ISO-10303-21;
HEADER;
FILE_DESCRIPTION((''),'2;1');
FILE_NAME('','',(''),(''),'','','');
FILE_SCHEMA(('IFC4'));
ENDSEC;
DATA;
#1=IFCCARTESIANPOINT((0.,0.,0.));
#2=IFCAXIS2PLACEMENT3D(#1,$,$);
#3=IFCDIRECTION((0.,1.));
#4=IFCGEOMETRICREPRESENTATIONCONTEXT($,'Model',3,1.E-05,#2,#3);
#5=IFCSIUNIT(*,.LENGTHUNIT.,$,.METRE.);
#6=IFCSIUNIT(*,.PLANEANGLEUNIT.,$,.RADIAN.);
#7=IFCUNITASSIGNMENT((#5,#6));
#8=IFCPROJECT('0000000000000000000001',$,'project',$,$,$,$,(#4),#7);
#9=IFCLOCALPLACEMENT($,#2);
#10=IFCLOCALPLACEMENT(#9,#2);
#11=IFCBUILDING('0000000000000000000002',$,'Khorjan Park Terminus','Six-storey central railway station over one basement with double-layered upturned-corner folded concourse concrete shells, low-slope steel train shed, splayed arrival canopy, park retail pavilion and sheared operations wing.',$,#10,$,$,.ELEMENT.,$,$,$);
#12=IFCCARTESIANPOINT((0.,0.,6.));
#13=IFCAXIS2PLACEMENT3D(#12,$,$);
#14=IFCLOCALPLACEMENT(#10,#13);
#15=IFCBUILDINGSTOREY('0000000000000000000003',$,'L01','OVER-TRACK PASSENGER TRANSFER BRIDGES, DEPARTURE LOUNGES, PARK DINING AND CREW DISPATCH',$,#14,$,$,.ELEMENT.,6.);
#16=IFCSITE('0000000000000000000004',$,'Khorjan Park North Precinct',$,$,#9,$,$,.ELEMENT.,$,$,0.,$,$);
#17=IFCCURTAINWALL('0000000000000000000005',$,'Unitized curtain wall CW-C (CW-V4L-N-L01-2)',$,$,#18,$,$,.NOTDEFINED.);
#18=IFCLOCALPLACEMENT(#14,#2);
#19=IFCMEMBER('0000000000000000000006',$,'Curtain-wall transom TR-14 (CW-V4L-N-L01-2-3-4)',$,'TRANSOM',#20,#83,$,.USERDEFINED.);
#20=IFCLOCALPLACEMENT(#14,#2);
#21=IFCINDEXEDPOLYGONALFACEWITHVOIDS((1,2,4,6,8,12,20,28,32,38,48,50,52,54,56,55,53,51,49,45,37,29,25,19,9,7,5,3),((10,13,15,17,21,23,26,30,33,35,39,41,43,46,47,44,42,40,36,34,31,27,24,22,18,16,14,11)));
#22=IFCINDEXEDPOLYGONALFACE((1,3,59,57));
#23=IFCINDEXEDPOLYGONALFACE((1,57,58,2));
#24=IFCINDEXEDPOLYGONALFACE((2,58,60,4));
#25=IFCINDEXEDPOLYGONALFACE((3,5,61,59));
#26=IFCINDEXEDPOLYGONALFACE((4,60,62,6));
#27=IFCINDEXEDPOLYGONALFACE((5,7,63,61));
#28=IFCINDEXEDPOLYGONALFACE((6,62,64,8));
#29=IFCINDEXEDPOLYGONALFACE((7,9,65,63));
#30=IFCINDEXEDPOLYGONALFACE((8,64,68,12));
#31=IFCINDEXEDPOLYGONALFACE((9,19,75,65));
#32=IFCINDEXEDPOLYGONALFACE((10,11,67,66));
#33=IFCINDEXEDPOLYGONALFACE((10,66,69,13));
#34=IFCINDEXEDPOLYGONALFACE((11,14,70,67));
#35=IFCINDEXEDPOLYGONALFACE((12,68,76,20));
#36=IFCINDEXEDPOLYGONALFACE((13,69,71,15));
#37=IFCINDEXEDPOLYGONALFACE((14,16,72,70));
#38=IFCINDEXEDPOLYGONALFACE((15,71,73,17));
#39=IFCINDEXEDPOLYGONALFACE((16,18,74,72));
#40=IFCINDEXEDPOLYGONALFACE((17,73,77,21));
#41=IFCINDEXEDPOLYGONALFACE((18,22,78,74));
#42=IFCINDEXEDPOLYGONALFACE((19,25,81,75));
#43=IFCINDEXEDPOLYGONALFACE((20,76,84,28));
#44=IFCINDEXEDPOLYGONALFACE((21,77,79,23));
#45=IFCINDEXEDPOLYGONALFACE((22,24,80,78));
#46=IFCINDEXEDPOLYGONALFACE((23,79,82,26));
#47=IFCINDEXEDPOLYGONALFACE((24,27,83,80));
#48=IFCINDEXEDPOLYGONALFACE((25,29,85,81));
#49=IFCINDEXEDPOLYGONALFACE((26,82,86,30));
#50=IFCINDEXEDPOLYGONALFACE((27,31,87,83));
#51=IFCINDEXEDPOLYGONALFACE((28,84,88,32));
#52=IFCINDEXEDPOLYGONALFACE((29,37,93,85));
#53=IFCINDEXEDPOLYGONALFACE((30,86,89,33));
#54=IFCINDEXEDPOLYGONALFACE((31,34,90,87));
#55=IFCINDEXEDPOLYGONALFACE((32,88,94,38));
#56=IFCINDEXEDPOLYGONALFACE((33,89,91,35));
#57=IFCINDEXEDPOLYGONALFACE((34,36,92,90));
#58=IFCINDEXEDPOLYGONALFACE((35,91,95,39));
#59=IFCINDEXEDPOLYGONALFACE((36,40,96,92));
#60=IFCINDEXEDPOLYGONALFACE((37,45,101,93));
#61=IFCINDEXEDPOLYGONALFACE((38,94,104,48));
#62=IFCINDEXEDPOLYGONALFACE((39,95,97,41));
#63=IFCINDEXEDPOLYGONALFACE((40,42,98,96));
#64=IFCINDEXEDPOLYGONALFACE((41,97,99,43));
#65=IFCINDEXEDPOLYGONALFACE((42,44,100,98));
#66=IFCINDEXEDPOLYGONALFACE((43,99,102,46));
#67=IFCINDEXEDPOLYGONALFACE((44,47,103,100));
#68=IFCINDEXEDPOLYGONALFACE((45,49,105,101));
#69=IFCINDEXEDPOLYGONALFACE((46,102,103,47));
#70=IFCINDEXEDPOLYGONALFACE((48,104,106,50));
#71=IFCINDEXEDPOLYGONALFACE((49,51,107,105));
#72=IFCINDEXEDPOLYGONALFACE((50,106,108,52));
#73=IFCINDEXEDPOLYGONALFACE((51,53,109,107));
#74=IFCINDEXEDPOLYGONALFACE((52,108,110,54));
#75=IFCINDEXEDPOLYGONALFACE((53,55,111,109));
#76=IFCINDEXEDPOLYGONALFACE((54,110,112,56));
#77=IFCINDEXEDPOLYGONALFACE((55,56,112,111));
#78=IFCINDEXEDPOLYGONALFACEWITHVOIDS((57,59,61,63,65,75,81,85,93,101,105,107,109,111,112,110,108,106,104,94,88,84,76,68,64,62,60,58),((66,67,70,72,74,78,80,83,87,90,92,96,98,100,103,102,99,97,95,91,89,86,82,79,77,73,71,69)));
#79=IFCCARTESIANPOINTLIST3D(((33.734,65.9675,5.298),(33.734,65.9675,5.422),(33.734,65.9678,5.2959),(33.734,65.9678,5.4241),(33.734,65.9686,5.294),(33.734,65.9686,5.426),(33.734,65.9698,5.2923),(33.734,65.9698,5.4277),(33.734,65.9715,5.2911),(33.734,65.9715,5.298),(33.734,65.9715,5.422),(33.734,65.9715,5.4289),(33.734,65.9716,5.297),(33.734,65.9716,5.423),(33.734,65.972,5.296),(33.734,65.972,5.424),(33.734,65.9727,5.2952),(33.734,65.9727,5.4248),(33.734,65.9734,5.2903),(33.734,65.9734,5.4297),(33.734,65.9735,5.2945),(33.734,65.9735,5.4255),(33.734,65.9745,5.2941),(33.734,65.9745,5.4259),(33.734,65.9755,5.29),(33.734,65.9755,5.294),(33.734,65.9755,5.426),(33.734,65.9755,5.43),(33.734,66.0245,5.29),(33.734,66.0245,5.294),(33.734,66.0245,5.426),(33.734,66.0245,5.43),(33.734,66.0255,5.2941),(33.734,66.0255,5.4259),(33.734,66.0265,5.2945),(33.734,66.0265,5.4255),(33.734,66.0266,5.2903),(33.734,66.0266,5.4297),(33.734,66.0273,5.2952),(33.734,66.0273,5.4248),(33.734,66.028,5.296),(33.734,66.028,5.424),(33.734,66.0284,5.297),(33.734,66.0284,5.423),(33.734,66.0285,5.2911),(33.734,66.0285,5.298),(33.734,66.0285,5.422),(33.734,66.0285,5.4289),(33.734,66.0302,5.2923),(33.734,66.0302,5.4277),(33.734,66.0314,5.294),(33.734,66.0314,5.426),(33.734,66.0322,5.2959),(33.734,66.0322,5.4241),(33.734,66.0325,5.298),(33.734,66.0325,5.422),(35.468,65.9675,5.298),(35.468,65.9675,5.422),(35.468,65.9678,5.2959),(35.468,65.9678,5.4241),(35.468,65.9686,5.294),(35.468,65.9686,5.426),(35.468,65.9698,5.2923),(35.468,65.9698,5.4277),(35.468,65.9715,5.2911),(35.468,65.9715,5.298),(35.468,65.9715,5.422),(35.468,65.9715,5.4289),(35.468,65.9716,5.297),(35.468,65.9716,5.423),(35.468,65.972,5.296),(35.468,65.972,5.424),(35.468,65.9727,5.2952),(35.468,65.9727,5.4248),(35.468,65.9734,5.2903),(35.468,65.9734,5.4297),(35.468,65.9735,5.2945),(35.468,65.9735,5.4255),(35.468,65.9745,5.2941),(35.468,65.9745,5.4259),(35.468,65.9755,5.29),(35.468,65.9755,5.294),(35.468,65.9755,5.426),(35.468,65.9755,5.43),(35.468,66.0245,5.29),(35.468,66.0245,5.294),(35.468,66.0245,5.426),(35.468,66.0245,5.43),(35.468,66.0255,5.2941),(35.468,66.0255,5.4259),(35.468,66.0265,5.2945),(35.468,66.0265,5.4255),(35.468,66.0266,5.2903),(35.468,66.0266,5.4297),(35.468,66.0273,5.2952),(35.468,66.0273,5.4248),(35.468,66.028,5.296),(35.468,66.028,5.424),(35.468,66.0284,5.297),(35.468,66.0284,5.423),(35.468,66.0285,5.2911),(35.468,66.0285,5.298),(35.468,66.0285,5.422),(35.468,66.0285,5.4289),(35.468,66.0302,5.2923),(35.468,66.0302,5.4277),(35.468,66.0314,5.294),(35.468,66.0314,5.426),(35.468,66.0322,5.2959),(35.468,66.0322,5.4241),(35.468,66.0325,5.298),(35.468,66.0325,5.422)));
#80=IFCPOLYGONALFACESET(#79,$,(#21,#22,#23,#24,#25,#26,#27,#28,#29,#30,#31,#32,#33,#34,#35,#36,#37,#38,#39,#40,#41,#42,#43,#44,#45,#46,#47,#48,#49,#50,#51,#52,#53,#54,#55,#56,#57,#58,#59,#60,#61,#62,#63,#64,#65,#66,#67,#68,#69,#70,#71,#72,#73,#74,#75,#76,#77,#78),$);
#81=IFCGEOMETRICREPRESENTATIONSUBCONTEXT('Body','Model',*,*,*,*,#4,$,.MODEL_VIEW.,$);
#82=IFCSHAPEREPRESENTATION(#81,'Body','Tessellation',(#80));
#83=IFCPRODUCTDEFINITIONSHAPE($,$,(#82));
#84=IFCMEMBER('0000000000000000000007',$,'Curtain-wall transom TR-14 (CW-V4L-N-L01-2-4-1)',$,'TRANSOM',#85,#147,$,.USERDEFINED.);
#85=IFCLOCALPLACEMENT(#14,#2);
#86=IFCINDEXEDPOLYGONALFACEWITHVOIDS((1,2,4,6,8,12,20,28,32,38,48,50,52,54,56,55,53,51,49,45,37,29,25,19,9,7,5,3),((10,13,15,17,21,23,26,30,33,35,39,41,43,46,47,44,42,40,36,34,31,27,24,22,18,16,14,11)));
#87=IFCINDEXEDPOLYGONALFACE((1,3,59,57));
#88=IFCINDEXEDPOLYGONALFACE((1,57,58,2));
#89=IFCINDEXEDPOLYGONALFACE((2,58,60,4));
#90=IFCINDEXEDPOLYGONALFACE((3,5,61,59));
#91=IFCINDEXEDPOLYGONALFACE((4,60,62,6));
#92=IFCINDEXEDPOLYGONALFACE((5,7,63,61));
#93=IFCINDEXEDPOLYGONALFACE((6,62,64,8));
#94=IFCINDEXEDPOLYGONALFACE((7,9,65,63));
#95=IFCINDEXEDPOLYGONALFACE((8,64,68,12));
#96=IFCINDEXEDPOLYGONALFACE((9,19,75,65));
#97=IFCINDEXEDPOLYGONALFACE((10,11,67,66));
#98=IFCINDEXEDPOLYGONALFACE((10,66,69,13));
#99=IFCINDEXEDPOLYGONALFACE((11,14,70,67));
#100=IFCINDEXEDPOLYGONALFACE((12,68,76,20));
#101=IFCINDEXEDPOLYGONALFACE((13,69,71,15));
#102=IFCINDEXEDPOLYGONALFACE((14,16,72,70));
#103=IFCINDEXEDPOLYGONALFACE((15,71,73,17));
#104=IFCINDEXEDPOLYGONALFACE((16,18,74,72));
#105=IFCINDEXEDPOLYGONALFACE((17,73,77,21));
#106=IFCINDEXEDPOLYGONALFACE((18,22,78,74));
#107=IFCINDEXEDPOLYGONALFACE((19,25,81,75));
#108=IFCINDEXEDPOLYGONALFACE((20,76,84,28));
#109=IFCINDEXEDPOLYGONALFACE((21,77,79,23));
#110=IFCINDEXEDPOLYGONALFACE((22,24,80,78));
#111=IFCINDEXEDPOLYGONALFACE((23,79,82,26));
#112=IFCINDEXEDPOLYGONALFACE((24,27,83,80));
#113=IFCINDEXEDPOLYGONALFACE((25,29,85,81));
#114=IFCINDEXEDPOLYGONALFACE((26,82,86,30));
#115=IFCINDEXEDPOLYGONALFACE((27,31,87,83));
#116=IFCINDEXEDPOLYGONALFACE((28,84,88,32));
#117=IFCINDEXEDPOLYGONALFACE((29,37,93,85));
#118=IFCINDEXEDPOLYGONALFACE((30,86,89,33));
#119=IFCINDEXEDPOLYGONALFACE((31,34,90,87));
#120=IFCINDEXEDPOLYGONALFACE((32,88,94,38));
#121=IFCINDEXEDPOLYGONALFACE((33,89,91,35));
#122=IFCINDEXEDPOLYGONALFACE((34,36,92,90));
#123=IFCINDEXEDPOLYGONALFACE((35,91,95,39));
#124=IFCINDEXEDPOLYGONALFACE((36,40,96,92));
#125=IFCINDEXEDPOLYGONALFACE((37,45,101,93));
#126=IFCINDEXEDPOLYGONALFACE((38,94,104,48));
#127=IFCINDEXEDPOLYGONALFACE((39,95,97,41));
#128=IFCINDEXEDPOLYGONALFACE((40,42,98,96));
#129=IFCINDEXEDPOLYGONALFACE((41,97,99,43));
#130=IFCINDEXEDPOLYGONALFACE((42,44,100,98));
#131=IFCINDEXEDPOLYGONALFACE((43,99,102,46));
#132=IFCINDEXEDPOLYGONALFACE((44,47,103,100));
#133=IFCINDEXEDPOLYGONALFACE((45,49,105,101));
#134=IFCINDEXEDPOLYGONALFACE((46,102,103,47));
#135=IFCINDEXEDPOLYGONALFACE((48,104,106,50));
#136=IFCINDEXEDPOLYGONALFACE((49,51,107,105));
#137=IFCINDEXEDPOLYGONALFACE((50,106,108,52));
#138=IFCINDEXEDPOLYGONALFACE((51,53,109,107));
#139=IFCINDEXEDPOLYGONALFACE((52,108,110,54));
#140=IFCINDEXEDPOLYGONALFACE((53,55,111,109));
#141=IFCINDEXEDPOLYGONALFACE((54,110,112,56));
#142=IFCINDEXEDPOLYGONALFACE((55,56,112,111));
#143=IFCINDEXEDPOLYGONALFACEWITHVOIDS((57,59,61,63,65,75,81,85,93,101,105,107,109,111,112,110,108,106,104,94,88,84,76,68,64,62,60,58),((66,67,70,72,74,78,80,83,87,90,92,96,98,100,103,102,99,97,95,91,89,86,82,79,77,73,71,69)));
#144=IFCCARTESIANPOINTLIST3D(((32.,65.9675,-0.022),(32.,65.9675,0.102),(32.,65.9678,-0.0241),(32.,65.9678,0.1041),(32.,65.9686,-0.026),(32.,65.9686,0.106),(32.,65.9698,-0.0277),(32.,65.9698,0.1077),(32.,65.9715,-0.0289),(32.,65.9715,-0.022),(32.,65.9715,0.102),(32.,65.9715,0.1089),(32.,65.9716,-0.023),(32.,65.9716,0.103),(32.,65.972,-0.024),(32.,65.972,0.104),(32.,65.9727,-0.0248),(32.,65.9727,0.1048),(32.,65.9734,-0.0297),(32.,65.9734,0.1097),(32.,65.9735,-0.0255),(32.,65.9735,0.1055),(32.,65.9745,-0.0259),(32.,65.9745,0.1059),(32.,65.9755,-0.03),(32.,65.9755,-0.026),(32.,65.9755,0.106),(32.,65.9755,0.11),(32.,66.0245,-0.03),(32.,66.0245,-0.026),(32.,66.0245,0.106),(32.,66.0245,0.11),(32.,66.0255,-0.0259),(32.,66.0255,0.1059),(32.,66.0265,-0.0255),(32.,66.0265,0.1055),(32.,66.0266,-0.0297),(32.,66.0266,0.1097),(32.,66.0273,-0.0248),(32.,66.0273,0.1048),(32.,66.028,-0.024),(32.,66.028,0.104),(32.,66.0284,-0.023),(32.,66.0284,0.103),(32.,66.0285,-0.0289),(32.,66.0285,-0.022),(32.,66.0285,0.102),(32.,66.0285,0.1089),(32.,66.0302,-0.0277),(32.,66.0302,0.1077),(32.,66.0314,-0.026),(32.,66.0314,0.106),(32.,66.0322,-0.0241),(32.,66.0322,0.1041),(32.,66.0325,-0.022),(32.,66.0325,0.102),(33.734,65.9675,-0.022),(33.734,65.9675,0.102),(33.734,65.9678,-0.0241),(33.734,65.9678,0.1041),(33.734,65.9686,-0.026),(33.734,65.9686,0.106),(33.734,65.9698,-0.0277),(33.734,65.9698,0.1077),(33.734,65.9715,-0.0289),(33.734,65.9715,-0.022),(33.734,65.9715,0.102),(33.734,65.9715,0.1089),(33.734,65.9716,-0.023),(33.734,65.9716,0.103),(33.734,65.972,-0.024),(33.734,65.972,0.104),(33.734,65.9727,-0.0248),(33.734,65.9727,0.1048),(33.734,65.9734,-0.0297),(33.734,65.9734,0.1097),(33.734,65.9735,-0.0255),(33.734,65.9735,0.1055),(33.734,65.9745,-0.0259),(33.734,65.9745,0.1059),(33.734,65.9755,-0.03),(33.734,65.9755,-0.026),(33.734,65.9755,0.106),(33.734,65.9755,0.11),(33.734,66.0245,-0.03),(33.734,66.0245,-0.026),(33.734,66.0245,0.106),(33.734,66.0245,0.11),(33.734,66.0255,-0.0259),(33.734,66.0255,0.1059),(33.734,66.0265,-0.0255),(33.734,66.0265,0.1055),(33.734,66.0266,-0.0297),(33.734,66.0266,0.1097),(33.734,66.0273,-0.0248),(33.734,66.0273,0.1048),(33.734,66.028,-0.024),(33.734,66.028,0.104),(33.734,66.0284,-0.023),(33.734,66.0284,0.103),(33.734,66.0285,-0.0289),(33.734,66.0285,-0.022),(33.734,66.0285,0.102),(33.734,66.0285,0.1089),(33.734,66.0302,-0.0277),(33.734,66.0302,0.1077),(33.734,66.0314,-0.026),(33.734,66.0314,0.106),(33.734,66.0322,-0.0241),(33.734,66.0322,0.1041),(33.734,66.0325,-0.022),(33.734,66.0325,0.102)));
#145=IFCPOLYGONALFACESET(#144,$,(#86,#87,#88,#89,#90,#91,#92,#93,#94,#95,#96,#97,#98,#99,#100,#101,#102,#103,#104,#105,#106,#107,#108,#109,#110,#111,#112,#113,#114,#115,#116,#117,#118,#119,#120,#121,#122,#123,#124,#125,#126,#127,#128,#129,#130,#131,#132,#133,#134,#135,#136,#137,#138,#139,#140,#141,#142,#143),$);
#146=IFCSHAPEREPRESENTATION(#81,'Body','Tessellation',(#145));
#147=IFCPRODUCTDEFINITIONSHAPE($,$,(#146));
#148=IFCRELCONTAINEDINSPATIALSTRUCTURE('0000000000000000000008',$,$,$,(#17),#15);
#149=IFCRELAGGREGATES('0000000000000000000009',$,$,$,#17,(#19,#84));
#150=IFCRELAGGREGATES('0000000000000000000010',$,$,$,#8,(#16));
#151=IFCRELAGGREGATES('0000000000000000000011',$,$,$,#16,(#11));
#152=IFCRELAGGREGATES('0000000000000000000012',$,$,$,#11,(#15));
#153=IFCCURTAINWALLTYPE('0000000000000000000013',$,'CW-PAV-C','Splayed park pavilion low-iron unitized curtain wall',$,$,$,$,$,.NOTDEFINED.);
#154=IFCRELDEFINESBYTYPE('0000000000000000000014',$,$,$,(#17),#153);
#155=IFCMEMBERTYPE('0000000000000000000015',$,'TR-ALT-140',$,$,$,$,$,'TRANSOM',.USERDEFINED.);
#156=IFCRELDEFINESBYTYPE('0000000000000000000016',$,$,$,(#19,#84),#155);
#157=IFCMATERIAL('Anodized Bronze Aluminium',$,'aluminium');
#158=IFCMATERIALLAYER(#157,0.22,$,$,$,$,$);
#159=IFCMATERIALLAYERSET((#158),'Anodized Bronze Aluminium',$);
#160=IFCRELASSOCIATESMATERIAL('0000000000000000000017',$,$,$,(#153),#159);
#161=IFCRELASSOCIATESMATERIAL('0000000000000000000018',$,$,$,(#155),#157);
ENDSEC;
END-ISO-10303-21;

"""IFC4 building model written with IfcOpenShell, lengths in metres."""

from ifc_helpers import new_model, si_unit, direction, frame, origin, origin_2d, place, context, subcontext, project, spatial, hollow_rectangle, extrude, material, layer, layer_set, material_profile, profile_set, type_object, element, aggregate, save


model = new_model("IFC4")

# Units and contexts
model_context = context("Model", 3, precision=1e-05, world=origin(), true_north=direction((0.0, 1.0)))
body_context = subcontext(model_context, "Body", "Model", "MODEL_VIEW")
ifc_project = project(units=[si_unit("LENGTHUNIT", "METRE"), si_unit("PLANEANGLEUNIT", "RADIAN")], contexts=[model_context])

# Site, building, storey
site_placement = place(None, origin())
site = spatial("IfcSite", under=ifc_project, at=site_placement, Name="Khorjan Park North Precinct", CompositionType="ELEMENT", RefElevation=0.0)
building_placement = place(site_placement, origin())
building = spatial("IfcBuilding", under=site, at=building_placement, Name="Khorjan Park Terminus", Description="Six-storey central railway station over one basement with double-layered upturned-corner folded concourse concrete shells, low-slope steel train shed, splayed arrival canopy, park retail pavilion and sheared operations wing.", CompositionType="ELEMENT")
storey_placement = place(building_placement, frame((0.0, 0.0, 6.0)))
storey = spatial("IfcBuildingStorey", under=building, at=storey_placement, Name="L01", Description="OVER-TRACK PASSENGER TRANSFER BRIDGES, DEPARTURE LOUNGES, PARK DINING AND CREW DISPATCH", CompositionType="ELEMENT", Elevation=6.0)

# Curtain wall, members
ifc_material_1 = material(Name="Anodized Bronze Aluminium", Category="aluminium")
ifc_layer_1 = layer(ifc_material_1, 0.22)
ifc_layer_set_1 = layer_set([ifc_layer_1], Name="Anodized Bronze Aluminium")
curtain_wall_type = type_object("IfcCurtainWallType", Name="CW-PAV-C", Description="Splayed park pavilion low-iron unitized curtain wall", PredefinedType="NOTDEFINED", material=ifc_layer_set_1)
curtain_wall_1_placement = place(storey_placement, origin())
curtain_wall_1 = element("IfcCurtainWall", 1, at=curtain_wall_1_placement, inside=storey, type_object=curtain_wall_type, Name="Unitized curtain wall CW-C (CW-V4L-N-L01-2)", PredefinedType="NOTDEFINED")
ifc_material_profile_1 = material_profile(ifc_material_1, hollow_rectangle(XDim=0.065, YDim=0.14, WallThickness=0.004, InnerFilletRadius=0.004, OuterFilletRadius=0.008, at=origin_2d()), Name="ALT 65x140x4")
ifc_profile_set_1 = profile_set([ifc_material_profile_1], Name="Anodized Bronze Aluminium")
member_type_1 = type_object("IfcMemberType", Name="TR-ALT-140", ElementType="TRANSOM", PredefinedType="USERDEFINED", material=ifc_profile_set_1)
member_1_placement = place(storey_placement, frame((35.468, 66.0, 5.36), z_axis=(-1.0, 0.0, 0.0), x_axis=(0.0, -1.0, 0.0)))
member_1 = element("IfcMember", 2, at=member_1_placement, type_object=member_type_1, Name="Curtain-wall transom TR-14 (CW-V4L-N-L01-2-3-4)", ObjectType="TRANSOM", PredefinedType="USERDEFINED", context=body_context, shape_type="SweptSolid", body=[
    extrude(hollow_rectangle(XDim=0.065, YDim=0.14, WallThickness=0.004, InnerFilletRadius=0.004, OuterFilletRadius=0.008, at=origin_2d()), origin(), (0.0, 0.0, 1.0), 1.734),
])
member_2_placement = place(storey_placement, frame((33.734, 66.0, 0.04), z_axis=(-1.0, 0.0, 0.0), x_axis=(0.0, -1.0, 0.0)))
member_2 = element("IfcMember", 3, at=member_2_placement, type_object=member_type_1, Name="Curtain-wall transom TR-14 (CW-V4L-N-L01-2-4-1)", ObjectType="TRANSOM", PredefinedType="USERDEFINED", context=body_context, shape_type="SweptSolid", body=[
    extrude(hollow_rectangle(XDim=0.065, YDim=0.14, WallThickness=0.004, InnerFilletRadius=0.004, OuterFilletRadius=0.008, at=origin_2d()), origin(), (0.0, 0.0, 1.0), 1.734),
])

aggregate(curtain_wall_1, [member_1, member_2])

save(model, "model.ifc")
